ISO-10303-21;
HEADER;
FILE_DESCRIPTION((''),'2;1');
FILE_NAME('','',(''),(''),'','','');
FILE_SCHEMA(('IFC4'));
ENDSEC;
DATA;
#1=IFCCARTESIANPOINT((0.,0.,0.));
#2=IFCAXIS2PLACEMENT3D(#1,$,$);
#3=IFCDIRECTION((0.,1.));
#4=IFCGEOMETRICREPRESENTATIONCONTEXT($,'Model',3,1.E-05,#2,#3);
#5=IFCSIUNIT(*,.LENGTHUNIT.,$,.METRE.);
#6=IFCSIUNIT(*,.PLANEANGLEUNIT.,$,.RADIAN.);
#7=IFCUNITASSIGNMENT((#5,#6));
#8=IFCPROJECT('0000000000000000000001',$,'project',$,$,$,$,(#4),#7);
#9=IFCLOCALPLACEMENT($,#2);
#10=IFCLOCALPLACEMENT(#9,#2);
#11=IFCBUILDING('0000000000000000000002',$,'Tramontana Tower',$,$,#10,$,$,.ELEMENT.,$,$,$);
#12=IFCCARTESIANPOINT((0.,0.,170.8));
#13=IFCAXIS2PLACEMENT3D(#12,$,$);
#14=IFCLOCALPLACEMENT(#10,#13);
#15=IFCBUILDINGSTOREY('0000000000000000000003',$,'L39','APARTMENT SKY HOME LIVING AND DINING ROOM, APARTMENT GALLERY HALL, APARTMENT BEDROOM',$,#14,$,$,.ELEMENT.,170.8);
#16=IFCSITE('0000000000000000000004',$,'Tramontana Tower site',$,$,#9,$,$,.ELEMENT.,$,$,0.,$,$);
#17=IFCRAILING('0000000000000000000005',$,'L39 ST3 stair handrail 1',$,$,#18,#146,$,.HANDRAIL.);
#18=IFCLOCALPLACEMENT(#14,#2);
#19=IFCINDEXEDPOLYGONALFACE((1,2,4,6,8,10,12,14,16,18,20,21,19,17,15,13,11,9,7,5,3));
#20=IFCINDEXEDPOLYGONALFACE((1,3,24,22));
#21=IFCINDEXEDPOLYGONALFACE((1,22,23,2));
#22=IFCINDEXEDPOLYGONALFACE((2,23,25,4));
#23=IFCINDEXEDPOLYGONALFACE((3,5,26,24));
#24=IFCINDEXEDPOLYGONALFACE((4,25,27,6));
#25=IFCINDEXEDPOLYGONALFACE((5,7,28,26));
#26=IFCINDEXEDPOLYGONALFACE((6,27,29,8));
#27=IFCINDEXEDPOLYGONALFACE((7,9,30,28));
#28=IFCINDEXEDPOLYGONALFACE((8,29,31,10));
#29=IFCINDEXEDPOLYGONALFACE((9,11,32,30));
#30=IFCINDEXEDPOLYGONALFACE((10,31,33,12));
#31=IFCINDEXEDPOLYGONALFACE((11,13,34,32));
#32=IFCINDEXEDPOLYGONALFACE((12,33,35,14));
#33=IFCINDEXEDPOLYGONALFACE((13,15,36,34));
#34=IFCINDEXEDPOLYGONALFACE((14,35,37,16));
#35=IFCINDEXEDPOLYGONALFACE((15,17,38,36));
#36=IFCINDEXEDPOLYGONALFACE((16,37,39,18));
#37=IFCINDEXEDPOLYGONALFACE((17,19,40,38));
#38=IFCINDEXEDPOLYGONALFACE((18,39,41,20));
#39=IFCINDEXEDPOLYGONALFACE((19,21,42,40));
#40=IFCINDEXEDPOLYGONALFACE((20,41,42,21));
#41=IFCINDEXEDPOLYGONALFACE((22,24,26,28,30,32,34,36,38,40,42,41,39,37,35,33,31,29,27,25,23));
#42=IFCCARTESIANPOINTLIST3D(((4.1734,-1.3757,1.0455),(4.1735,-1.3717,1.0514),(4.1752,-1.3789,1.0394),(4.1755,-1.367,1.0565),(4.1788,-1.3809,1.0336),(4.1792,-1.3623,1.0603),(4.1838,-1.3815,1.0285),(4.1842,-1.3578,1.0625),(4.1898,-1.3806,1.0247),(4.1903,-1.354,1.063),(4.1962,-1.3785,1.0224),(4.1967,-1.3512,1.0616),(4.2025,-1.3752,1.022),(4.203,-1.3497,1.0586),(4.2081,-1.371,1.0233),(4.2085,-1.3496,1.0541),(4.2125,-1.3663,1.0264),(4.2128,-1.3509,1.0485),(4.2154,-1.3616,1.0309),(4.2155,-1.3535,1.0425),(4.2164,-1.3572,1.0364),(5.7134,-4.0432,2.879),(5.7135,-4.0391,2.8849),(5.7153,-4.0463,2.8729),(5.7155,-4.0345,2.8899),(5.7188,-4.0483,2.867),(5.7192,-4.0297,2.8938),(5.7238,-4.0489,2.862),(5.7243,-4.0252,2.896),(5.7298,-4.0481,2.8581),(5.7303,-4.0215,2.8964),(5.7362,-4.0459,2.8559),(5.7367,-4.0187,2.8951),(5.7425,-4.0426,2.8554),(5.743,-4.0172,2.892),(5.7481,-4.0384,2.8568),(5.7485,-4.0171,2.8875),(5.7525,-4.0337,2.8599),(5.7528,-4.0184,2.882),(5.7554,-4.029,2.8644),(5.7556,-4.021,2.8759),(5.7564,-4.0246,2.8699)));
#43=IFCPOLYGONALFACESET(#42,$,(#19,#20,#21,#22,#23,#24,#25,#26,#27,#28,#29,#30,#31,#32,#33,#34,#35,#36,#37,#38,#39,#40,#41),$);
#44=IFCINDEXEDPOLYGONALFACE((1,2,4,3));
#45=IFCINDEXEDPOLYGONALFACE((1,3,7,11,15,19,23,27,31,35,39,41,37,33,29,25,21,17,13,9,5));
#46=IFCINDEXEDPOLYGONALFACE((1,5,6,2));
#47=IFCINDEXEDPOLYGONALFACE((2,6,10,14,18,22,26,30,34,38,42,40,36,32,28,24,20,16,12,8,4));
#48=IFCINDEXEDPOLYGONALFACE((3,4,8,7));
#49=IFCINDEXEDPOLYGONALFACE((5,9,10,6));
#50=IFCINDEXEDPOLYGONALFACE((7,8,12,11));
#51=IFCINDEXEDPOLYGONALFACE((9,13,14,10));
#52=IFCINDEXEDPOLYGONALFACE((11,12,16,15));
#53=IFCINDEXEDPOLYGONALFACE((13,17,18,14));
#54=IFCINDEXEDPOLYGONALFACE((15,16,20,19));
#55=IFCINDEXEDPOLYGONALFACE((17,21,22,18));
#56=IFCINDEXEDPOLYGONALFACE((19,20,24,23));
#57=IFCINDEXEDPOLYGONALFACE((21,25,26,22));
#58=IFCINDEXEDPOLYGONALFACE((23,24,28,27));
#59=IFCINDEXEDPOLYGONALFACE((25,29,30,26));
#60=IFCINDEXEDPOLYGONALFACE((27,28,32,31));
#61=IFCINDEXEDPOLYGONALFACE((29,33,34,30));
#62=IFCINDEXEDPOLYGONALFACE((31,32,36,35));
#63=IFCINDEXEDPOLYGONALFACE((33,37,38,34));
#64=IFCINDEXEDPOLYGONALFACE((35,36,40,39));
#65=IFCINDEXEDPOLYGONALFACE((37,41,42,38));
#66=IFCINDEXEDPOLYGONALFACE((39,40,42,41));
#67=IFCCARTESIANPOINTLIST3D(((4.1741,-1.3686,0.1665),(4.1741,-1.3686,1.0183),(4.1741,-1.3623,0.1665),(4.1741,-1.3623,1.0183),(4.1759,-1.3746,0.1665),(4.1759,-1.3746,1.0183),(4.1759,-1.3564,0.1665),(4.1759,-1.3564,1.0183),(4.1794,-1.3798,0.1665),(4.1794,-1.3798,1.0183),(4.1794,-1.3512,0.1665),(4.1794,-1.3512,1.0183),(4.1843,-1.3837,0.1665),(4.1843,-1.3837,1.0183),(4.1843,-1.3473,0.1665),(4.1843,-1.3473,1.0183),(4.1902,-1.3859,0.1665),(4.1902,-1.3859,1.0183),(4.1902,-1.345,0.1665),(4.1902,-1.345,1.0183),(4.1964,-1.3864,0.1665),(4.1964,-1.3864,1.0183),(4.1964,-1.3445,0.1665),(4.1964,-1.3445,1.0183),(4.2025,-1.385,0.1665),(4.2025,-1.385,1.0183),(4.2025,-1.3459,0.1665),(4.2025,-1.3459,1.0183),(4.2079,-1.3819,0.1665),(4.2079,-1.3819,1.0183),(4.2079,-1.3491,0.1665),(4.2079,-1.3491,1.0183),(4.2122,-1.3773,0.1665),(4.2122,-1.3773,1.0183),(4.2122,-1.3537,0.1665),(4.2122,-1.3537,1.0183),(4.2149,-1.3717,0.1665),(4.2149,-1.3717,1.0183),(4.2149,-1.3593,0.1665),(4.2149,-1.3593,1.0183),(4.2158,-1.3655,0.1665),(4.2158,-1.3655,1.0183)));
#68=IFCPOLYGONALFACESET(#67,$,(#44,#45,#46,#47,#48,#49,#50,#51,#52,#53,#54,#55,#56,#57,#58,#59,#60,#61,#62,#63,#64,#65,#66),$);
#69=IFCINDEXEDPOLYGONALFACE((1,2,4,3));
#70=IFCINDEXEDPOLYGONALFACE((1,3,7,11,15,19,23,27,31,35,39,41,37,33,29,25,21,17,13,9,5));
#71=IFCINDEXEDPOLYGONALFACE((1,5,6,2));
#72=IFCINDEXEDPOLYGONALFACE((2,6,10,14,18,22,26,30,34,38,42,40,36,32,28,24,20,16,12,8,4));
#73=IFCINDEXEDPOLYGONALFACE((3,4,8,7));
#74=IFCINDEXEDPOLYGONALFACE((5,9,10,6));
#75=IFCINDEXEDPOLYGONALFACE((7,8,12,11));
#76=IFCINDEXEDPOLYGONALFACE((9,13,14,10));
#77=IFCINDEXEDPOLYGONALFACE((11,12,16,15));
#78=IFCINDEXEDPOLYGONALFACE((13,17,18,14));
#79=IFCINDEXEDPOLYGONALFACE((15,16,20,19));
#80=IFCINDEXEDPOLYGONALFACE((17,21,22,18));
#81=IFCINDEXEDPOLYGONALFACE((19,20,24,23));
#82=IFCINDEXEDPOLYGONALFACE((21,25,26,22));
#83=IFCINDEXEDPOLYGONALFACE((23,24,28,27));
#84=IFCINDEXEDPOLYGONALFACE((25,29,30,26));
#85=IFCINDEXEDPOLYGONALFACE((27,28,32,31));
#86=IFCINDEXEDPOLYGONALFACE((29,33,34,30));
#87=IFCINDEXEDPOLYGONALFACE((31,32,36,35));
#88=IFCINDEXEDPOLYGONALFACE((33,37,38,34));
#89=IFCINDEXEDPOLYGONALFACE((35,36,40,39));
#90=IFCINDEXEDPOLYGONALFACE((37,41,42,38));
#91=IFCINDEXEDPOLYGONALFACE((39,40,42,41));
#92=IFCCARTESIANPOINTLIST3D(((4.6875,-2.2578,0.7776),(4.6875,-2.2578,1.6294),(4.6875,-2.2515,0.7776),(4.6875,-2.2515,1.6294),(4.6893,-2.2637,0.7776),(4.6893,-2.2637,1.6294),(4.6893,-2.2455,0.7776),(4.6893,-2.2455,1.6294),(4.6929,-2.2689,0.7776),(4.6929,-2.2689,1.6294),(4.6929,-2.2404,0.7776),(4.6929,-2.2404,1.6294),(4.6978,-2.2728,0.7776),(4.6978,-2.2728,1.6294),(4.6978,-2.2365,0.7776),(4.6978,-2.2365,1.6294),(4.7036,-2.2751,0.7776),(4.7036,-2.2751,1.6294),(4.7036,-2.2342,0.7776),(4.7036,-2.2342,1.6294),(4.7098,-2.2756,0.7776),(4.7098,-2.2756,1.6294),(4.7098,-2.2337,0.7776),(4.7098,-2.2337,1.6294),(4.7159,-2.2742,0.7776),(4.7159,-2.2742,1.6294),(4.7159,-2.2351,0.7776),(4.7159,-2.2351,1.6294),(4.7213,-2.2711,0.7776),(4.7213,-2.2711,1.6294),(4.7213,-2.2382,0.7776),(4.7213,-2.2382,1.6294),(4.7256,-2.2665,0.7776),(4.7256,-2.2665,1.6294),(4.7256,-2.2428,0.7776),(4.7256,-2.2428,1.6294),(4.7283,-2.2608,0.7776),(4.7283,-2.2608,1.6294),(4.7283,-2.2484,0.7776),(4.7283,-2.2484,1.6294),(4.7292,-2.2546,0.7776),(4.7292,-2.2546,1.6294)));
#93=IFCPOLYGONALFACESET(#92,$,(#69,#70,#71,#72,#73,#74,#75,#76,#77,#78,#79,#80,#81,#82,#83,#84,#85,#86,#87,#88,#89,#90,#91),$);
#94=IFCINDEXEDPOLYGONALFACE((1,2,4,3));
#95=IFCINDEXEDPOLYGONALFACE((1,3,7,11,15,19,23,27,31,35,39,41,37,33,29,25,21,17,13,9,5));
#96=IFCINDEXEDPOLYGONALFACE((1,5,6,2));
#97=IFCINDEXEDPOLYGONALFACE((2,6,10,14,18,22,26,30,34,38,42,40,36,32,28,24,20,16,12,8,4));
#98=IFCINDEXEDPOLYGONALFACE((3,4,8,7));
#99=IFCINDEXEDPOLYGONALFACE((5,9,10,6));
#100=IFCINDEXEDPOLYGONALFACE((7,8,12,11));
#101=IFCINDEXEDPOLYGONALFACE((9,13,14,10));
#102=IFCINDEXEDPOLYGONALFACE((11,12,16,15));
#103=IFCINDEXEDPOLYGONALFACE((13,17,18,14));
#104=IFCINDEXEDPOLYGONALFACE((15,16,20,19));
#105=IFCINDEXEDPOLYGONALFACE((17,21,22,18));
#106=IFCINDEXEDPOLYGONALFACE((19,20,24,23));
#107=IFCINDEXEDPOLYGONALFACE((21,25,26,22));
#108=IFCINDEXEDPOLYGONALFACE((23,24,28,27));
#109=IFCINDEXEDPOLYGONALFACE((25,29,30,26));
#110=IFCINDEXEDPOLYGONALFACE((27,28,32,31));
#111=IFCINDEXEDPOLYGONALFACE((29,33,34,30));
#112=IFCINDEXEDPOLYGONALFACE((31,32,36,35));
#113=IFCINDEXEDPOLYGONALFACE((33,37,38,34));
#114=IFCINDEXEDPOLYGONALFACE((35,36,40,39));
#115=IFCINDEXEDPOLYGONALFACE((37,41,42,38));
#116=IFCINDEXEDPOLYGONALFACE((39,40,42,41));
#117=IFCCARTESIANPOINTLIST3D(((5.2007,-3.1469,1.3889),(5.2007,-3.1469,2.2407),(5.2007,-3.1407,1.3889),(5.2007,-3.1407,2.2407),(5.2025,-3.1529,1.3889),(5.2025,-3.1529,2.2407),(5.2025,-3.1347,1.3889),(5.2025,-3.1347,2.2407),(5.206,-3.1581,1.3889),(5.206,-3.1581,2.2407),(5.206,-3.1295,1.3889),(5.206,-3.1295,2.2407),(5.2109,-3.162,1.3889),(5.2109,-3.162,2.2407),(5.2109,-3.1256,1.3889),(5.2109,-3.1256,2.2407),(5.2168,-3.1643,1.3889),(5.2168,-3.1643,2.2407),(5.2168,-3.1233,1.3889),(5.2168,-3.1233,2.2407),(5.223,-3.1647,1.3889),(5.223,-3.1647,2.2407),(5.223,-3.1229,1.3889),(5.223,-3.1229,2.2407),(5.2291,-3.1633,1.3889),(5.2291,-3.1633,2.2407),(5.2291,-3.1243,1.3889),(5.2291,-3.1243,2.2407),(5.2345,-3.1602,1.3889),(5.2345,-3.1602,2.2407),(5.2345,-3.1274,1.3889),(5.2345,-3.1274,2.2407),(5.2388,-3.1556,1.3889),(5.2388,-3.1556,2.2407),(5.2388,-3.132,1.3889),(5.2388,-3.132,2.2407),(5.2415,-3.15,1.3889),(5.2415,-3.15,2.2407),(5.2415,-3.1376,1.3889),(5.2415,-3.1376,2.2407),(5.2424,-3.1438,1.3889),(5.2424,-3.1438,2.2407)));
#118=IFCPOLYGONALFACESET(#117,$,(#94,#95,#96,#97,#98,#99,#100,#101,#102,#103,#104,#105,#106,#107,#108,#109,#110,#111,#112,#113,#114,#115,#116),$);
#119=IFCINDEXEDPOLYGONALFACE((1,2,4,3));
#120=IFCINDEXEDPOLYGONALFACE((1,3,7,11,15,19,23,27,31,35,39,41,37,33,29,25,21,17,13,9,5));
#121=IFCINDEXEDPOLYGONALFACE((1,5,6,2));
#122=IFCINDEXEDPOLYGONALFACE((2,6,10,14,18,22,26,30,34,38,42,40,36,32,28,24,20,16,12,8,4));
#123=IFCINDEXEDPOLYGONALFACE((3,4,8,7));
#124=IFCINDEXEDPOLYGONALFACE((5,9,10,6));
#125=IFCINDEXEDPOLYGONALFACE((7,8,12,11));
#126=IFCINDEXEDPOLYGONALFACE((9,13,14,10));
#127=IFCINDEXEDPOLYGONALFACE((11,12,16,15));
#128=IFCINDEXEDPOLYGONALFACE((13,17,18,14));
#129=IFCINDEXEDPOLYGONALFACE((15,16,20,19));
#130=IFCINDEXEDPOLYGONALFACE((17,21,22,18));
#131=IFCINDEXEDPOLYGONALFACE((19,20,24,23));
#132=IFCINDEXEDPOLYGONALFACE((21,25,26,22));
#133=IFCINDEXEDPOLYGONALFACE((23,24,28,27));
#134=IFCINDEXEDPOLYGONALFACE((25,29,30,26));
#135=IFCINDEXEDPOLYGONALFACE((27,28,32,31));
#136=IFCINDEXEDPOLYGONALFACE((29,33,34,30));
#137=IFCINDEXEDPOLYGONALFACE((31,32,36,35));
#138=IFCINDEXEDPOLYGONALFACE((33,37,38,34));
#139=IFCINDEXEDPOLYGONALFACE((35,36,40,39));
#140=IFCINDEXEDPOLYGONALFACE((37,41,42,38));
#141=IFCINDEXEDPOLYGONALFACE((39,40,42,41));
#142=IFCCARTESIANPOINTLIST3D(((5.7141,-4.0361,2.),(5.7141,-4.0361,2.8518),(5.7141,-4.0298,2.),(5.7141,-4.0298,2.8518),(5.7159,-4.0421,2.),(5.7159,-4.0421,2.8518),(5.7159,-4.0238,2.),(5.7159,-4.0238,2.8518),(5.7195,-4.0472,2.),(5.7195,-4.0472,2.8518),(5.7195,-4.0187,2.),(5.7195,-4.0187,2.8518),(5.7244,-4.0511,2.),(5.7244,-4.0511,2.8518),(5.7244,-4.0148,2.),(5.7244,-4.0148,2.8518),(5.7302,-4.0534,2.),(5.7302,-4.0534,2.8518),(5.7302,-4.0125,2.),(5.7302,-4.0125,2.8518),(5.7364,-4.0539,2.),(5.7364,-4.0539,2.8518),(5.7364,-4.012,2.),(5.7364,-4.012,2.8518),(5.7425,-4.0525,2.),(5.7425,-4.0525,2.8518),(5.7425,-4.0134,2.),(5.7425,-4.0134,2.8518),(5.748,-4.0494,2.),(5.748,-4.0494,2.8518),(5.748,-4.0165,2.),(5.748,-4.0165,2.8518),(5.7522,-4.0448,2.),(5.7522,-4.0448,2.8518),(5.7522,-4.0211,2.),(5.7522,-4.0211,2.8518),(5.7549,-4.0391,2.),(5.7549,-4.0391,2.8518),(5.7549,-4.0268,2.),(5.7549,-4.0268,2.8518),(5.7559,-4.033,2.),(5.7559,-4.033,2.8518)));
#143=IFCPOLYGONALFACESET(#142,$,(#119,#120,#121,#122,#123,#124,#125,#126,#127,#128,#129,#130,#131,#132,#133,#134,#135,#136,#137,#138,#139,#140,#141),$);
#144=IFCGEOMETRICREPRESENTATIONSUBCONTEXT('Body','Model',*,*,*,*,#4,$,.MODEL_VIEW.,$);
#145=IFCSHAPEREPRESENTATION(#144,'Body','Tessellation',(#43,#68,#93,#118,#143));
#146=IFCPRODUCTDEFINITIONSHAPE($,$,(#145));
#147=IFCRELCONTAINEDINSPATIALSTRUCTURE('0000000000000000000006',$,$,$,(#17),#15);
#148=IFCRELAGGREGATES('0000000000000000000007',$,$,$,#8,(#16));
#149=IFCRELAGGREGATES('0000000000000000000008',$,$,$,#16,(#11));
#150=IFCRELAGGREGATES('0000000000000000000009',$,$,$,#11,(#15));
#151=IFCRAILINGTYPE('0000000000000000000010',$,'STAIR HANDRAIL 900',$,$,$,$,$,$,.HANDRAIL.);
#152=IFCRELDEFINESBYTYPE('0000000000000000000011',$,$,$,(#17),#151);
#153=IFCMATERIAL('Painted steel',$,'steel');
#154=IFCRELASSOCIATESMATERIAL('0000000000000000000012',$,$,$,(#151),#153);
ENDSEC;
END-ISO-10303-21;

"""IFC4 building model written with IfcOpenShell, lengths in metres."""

from ifc_helpers import new_model, si_unit, direction, frame, origin, origin_2d, place, context, subcontext, project, spatial, circle, extrude, material, type_object, element, save


model = new_model("IFC4")

# Units and contexts
model_context = context("Model", 3, precision=1e-05, world=origin(), true_north=direction((0.0, 1.0)))
body_context = subcontext(model_context, "Body", "Model", "MODEL_VIEW")
ifc_project = project(units=[si_unit("LENGTHUNIT", "METRE"), si_unit("PLANEANGLEUNIT", "RADIAN")], contexts=[model_context])

# Site, building, storey
site_placement = place(None, origin())
site = spatial("IfcSite", under=ifc_project, at=site_placement, Name="Tramontana Tower site", CompositionType="ELEMENT", RefElevation=0.0)
building_placement = place(site_placement, origin())
building = spatial("IfcBuilding", under=site, at=building_placement, Name="Tramontana Tower", CompositionType="ELEMENT")
storey_placement = place(building_placement, frame((0.0, 0.0, 170.8)))
storey = spatial("IfcBuildingStorey", under=building, at=storey_placement, Name="L39", Description="APARTMENT SKY HOME LIVING AND DINING ROOM, APARTMENT GALLERY HALL, APARTMENT BEDROOM", CompositionType="ELEMENT", Elevation=170.8)

# Railing
ifc_material_1 = material(Name="Painted steel", Category="steel")
railing_type_1 = type_object("IfcRailingType", Name="STAIR HANDRAIL 900", PredefinedType="HANDRAIL", material=ifc_material_1)
railing_1_placement = place(storey_placement, frame((4.1948, -1.3655, 0.1665)))
element("IfcRailing", 1, at=railing_1_placement, inside=storey, type_object=railing_type_1, Name="L39 ST3 stair handrail 1", PredefinedType="HANDRAIL", context=body_context, shape_type="SweptSolid", body=[
    extrude(circle(Radius=0.0239, at=origin_2d()), frame((0.0, 0.0, 0.876), z_axis=(0.429634, -0.744164, 0.511502), x_axis=(0.86603, 0.499992, 0.0)), (0.0, 0.0, 1.0), 3.5845),
    extrude(circle(Radius=0.021, at=origin_2d()), origin(), (0.0, 0.0, 1.0), 0.8518),
    extrude(circle(Radius=0.021, at=origin_2d()), frame((0.5134, -0.8892, 0.6111)), (0.0, 0.0, 1.0), 0.8518),
    extrude(circle(Radius=0.021, at=origin_2d()), frame((1.0266, -1.7783, 1.2224)), (0.0, 0.0, 1.0), 0.8518),
    extrude(circle(Radius=0.021, at=origin_2d()), frame((1.54, -2.6675, 1.8335)), (0.0, 0.0, 1.0), 0.8518),
])

save(model, "model.ifc")
